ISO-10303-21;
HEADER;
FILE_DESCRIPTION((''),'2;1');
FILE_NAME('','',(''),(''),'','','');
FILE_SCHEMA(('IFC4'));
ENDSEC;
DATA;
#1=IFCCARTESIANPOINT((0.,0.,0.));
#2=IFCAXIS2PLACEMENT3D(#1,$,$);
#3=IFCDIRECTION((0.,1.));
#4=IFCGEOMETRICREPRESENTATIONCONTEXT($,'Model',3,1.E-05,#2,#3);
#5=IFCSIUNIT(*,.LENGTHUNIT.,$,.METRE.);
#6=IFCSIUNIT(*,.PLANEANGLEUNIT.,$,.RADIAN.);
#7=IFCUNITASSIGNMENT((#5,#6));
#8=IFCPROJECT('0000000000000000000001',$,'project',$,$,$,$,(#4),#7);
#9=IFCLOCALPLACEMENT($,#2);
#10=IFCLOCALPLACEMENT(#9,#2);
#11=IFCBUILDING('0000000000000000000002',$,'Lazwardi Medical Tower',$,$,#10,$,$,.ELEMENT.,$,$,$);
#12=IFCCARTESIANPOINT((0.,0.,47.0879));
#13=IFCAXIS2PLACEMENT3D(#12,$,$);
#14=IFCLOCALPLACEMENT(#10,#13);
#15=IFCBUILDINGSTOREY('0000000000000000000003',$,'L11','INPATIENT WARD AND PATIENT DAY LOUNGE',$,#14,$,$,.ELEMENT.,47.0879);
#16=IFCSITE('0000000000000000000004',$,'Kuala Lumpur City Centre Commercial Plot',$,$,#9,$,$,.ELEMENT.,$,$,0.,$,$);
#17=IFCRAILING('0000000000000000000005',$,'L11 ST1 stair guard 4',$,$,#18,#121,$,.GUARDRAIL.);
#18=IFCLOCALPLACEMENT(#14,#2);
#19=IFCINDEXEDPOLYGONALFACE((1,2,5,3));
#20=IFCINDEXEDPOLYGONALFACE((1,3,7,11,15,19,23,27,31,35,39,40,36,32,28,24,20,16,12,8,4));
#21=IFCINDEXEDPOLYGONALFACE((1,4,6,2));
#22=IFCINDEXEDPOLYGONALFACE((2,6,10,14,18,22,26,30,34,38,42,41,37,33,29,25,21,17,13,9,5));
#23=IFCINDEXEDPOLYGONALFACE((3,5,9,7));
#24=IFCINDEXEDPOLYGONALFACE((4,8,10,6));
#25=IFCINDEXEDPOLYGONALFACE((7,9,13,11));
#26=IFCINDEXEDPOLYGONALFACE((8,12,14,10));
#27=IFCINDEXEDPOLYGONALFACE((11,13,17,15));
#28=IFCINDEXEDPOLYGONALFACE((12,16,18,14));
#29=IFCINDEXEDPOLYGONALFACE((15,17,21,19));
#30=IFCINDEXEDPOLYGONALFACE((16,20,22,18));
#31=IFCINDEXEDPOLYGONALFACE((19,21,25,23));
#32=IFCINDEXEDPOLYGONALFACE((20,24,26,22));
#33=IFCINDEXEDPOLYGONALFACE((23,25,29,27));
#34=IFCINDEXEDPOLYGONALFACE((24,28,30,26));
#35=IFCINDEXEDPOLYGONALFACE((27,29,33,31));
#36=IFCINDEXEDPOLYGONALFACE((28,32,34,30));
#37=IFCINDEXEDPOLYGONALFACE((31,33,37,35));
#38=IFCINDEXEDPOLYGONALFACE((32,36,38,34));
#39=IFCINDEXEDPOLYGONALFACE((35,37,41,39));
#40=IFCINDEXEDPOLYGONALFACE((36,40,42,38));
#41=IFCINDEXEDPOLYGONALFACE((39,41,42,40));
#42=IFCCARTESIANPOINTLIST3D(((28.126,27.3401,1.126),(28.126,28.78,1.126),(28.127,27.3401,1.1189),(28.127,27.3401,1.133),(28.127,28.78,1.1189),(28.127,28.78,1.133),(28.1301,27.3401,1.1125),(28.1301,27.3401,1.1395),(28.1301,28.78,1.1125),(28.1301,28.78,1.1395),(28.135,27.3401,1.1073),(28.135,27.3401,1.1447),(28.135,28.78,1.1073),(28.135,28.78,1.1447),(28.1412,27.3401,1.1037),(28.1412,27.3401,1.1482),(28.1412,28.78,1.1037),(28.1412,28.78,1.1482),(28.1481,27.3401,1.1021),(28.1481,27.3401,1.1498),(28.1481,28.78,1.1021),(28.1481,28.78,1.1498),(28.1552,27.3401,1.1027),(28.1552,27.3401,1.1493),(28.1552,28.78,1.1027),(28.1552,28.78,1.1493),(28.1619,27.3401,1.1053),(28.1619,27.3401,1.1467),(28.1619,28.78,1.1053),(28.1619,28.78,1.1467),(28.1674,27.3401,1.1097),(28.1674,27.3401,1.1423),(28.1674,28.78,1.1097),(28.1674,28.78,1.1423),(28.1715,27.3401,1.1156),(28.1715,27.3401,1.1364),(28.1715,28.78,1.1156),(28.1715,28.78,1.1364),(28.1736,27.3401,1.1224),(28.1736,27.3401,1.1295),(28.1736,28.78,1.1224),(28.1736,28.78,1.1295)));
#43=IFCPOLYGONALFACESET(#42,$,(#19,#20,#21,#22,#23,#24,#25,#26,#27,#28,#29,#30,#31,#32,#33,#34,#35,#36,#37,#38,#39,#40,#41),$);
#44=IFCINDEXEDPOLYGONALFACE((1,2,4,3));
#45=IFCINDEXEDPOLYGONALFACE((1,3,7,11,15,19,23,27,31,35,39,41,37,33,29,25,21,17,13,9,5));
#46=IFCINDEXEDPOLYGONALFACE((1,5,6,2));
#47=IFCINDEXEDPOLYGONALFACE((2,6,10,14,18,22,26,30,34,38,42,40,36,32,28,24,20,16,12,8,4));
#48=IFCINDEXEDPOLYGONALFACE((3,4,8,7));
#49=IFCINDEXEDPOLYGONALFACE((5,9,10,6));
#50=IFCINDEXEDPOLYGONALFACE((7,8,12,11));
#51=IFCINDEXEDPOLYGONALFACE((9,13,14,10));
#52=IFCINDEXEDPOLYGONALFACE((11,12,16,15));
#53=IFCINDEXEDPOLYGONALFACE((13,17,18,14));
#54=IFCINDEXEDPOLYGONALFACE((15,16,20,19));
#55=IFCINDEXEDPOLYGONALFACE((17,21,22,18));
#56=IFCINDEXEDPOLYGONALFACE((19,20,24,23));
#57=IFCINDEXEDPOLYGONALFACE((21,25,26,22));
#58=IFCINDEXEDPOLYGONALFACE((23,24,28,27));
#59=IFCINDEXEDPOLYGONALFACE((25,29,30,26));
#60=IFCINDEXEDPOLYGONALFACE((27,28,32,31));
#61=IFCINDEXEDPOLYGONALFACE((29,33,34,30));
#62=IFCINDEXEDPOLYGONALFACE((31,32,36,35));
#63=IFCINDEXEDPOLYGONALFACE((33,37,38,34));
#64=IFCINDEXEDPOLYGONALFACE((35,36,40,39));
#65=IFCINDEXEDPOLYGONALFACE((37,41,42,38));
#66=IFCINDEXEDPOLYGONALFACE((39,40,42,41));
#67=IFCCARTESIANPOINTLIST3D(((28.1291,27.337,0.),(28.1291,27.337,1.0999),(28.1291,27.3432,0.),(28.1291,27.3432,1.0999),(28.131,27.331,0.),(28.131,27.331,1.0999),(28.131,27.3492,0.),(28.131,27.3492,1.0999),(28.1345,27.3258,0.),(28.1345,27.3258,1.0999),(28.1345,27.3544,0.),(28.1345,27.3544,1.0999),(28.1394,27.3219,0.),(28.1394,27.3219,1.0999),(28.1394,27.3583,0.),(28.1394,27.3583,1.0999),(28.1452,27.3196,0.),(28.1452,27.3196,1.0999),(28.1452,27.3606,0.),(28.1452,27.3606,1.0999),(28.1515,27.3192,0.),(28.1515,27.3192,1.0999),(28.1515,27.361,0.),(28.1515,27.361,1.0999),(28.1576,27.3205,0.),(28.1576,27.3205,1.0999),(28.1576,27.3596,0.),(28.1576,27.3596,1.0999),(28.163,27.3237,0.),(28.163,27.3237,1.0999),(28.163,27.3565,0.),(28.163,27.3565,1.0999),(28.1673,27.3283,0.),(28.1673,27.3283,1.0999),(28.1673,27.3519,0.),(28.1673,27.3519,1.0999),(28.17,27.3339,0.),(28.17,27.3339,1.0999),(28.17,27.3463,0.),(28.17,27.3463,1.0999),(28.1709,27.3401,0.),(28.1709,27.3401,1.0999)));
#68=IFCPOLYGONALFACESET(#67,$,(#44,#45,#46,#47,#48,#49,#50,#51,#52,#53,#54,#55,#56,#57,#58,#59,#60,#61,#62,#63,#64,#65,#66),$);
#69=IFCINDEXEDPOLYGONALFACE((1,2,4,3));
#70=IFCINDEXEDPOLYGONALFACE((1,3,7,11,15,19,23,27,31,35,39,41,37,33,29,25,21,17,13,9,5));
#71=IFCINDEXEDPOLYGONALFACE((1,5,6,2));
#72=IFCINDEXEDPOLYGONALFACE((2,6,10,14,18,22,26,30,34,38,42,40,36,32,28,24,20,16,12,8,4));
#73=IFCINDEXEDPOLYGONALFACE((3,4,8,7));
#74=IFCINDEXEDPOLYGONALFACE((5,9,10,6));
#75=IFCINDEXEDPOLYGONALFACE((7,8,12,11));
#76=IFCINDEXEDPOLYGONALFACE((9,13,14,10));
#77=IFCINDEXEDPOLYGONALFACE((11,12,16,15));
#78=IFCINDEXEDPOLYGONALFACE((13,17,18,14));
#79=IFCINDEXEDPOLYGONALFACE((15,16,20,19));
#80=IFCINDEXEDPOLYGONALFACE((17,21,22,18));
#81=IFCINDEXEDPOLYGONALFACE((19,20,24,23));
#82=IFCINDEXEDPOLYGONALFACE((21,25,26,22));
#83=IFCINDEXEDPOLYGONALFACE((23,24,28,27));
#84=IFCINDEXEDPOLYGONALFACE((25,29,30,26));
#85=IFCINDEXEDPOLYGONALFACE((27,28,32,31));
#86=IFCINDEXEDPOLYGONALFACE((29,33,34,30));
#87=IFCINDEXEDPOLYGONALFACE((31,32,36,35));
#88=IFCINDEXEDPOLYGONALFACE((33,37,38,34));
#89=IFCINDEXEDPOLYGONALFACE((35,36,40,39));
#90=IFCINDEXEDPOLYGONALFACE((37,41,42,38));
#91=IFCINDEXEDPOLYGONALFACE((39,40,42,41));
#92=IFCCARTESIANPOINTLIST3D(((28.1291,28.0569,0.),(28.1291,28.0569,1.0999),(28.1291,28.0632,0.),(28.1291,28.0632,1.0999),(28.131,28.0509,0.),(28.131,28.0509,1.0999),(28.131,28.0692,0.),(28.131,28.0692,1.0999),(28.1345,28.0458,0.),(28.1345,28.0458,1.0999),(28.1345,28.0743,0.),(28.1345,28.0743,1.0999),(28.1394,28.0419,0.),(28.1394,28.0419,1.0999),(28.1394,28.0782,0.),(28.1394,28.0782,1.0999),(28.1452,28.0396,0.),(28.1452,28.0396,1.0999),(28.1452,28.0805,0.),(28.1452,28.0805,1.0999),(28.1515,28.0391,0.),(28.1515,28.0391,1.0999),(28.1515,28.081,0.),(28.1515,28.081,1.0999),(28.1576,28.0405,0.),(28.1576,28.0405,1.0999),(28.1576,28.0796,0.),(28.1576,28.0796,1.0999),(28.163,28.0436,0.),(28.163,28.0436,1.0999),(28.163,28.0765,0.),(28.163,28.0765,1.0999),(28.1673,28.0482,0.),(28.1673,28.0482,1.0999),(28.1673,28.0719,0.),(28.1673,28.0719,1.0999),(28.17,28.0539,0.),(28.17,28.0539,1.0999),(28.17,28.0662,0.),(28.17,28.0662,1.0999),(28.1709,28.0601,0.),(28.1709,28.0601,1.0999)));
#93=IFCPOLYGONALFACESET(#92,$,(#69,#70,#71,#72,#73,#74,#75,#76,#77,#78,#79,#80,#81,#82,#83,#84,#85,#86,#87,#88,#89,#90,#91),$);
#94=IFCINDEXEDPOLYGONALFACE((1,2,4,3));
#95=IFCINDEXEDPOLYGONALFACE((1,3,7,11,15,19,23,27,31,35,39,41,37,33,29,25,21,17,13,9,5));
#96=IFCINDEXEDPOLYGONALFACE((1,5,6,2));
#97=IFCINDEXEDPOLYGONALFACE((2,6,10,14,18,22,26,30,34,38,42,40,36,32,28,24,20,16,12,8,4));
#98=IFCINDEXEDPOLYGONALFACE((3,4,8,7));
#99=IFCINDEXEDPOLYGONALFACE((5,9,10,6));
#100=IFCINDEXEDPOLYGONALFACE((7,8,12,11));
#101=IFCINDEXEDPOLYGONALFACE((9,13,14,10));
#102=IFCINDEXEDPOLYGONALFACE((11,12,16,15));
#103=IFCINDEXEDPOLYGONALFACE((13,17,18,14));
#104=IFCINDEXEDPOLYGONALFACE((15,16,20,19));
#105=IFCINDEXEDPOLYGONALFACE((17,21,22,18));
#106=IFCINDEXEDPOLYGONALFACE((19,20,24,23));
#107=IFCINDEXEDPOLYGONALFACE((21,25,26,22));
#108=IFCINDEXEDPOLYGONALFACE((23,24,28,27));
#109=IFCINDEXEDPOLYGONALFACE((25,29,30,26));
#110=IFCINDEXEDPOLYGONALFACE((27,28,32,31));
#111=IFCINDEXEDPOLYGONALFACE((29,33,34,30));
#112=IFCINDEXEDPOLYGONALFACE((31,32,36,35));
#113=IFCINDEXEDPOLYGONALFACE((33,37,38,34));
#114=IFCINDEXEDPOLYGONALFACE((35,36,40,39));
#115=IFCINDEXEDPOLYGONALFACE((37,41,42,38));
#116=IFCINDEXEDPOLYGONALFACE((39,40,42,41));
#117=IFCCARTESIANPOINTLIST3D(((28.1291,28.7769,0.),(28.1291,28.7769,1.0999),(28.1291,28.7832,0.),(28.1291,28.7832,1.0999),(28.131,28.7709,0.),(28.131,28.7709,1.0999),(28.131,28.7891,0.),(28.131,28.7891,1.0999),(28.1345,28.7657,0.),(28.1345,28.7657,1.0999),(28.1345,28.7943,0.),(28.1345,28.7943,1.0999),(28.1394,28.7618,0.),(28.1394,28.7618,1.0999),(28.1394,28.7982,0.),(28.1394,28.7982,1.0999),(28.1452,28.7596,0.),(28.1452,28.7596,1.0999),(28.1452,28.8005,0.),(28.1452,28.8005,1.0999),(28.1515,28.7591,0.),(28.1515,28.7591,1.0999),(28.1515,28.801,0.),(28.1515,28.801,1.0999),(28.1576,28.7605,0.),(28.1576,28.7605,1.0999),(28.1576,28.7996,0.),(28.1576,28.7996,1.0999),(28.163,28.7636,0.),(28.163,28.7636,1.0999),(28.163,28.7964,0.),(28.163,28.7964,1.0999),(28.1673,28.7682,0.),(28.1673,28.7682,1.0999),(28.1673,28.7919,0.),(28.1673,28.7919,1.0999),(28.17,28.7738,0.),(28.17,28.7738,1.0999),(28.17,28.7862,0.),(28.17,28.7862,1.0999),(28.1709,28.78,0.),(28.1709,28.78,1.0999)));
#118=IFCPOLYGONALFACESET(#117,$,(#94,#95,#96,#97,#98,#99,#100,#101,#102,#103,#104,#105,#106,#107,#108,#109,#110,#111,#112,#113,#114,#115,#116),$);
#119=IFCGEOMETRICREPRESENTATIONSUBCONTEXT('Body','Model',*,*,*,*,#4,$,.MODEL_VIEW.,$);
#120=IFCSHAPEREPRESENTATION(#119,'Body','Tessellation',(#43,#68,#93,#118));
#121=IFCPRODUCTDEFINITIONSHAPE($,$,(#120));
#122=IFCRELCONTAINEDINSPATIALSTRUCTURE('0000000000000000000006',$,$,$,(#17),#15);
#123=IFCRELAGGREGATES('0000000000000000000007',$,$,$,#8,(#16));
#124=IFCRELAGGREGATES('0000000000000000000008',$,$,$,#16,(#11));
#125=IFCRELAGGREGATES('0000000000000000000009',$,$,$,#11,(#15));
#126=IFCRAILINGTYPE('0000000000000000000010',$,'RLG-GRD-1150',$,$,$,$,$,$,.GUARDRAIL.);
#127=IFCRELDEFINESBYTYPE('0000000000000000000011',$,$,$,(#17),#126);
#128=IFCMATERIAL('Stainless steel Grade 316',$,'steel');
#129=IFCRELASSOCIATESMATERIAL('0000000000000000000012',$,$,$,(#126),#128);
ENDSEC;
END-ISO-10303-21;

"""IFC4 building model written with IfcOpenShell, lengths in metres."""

from ifc_helpers import new_model, si_unit, direction, frame, origin, origin_2d, place, context, subcontext, project, spatial, circle, extrude, material, type_object, element, save


model = new_model("IFC4")

# Units and contexts
model_context = context("Model", 3, precision=1e-05, world=origin(), true_north=direction((0.0, 1.0)))
body_context = subcontext(model_context, "Body", "Model", "MODEL_VIEW")
ifc_project = project(units=[si_unit("LENGTHUNIT", "METRE"), si_unit("PLANEANGLEUNIT", "RADIAN")], contexts=[model_context])

# Site, building, storey
site_placement = place(None, origin())
site = spatial("IfcSite", under=ifc_project, at=site_placement, Name="Kuala Lumpur City Centre Commercial Plot", CompositionType="ELEMENT", RefElevation=0.0)
building_placement = place(site_placement, origin())
building = spatial("IfcBuilding", under=site, at=building_placement, Name="Lazwardi Medical Tower", CompositionType="ELEMENT")
storey_placement = place(building_placement, frame((0.0, 0.0, 47.0879)))
storey = spatial("IfcBuildingStorey", under=building, at=storey_placement, Name="L11", Description="INPATIENT WARD AND PATIENT DAY LOUNGE", CompositionType="ELEMENT", Elevation=47.0879)

# Railing
ifc_material_1 = material(Name="Stainless steel Grade 316", Category="steel")
railing_type_1 = type_object("IfcRailingType", Name="RLG-GRD-1150", PredefinedType="GUARDRAIL", material=ifc_material_1)
railing_1_placement = place(storey_placement, frame((28.1499, 27.3401, 0.0)))
element("IfcRailing", 1, at=railing_1_placement, inside=storey, type_object=railing_type_1, Name="L11 ST1 stair guard 4", PredefinedType="GUARDRAIL", context=body_context, shape_type="SweptSolid", body=[
    extrude(circle(Radius=0.0239, at=origin_2d()), frame((0.0, 0.0, 1.126), z_axis=(0.0, 1.0, 0.0), x_axis=(-1.0, 0.0, 0.0)), (0.0, 0.0, 1.0), 1.4399),
    extrude(circle(Radius=0.021, at=origin_2d()), origin(), (0.0, 0.0, 1.0), 1.0999),
    extrude(circle(Radius=0.021, at=origin_2d()), frame((0.0, 0.72, 0.0)), (0.0, 0.0, 1.0), 1.0999),
    extrude(circle(Radius=0.021, at=origin_2d()), frame((0.0, 1.4399, 0.0)), (0.0, 0.0, 1.0), 1.0999),
])

save(model, "model.ifc")
